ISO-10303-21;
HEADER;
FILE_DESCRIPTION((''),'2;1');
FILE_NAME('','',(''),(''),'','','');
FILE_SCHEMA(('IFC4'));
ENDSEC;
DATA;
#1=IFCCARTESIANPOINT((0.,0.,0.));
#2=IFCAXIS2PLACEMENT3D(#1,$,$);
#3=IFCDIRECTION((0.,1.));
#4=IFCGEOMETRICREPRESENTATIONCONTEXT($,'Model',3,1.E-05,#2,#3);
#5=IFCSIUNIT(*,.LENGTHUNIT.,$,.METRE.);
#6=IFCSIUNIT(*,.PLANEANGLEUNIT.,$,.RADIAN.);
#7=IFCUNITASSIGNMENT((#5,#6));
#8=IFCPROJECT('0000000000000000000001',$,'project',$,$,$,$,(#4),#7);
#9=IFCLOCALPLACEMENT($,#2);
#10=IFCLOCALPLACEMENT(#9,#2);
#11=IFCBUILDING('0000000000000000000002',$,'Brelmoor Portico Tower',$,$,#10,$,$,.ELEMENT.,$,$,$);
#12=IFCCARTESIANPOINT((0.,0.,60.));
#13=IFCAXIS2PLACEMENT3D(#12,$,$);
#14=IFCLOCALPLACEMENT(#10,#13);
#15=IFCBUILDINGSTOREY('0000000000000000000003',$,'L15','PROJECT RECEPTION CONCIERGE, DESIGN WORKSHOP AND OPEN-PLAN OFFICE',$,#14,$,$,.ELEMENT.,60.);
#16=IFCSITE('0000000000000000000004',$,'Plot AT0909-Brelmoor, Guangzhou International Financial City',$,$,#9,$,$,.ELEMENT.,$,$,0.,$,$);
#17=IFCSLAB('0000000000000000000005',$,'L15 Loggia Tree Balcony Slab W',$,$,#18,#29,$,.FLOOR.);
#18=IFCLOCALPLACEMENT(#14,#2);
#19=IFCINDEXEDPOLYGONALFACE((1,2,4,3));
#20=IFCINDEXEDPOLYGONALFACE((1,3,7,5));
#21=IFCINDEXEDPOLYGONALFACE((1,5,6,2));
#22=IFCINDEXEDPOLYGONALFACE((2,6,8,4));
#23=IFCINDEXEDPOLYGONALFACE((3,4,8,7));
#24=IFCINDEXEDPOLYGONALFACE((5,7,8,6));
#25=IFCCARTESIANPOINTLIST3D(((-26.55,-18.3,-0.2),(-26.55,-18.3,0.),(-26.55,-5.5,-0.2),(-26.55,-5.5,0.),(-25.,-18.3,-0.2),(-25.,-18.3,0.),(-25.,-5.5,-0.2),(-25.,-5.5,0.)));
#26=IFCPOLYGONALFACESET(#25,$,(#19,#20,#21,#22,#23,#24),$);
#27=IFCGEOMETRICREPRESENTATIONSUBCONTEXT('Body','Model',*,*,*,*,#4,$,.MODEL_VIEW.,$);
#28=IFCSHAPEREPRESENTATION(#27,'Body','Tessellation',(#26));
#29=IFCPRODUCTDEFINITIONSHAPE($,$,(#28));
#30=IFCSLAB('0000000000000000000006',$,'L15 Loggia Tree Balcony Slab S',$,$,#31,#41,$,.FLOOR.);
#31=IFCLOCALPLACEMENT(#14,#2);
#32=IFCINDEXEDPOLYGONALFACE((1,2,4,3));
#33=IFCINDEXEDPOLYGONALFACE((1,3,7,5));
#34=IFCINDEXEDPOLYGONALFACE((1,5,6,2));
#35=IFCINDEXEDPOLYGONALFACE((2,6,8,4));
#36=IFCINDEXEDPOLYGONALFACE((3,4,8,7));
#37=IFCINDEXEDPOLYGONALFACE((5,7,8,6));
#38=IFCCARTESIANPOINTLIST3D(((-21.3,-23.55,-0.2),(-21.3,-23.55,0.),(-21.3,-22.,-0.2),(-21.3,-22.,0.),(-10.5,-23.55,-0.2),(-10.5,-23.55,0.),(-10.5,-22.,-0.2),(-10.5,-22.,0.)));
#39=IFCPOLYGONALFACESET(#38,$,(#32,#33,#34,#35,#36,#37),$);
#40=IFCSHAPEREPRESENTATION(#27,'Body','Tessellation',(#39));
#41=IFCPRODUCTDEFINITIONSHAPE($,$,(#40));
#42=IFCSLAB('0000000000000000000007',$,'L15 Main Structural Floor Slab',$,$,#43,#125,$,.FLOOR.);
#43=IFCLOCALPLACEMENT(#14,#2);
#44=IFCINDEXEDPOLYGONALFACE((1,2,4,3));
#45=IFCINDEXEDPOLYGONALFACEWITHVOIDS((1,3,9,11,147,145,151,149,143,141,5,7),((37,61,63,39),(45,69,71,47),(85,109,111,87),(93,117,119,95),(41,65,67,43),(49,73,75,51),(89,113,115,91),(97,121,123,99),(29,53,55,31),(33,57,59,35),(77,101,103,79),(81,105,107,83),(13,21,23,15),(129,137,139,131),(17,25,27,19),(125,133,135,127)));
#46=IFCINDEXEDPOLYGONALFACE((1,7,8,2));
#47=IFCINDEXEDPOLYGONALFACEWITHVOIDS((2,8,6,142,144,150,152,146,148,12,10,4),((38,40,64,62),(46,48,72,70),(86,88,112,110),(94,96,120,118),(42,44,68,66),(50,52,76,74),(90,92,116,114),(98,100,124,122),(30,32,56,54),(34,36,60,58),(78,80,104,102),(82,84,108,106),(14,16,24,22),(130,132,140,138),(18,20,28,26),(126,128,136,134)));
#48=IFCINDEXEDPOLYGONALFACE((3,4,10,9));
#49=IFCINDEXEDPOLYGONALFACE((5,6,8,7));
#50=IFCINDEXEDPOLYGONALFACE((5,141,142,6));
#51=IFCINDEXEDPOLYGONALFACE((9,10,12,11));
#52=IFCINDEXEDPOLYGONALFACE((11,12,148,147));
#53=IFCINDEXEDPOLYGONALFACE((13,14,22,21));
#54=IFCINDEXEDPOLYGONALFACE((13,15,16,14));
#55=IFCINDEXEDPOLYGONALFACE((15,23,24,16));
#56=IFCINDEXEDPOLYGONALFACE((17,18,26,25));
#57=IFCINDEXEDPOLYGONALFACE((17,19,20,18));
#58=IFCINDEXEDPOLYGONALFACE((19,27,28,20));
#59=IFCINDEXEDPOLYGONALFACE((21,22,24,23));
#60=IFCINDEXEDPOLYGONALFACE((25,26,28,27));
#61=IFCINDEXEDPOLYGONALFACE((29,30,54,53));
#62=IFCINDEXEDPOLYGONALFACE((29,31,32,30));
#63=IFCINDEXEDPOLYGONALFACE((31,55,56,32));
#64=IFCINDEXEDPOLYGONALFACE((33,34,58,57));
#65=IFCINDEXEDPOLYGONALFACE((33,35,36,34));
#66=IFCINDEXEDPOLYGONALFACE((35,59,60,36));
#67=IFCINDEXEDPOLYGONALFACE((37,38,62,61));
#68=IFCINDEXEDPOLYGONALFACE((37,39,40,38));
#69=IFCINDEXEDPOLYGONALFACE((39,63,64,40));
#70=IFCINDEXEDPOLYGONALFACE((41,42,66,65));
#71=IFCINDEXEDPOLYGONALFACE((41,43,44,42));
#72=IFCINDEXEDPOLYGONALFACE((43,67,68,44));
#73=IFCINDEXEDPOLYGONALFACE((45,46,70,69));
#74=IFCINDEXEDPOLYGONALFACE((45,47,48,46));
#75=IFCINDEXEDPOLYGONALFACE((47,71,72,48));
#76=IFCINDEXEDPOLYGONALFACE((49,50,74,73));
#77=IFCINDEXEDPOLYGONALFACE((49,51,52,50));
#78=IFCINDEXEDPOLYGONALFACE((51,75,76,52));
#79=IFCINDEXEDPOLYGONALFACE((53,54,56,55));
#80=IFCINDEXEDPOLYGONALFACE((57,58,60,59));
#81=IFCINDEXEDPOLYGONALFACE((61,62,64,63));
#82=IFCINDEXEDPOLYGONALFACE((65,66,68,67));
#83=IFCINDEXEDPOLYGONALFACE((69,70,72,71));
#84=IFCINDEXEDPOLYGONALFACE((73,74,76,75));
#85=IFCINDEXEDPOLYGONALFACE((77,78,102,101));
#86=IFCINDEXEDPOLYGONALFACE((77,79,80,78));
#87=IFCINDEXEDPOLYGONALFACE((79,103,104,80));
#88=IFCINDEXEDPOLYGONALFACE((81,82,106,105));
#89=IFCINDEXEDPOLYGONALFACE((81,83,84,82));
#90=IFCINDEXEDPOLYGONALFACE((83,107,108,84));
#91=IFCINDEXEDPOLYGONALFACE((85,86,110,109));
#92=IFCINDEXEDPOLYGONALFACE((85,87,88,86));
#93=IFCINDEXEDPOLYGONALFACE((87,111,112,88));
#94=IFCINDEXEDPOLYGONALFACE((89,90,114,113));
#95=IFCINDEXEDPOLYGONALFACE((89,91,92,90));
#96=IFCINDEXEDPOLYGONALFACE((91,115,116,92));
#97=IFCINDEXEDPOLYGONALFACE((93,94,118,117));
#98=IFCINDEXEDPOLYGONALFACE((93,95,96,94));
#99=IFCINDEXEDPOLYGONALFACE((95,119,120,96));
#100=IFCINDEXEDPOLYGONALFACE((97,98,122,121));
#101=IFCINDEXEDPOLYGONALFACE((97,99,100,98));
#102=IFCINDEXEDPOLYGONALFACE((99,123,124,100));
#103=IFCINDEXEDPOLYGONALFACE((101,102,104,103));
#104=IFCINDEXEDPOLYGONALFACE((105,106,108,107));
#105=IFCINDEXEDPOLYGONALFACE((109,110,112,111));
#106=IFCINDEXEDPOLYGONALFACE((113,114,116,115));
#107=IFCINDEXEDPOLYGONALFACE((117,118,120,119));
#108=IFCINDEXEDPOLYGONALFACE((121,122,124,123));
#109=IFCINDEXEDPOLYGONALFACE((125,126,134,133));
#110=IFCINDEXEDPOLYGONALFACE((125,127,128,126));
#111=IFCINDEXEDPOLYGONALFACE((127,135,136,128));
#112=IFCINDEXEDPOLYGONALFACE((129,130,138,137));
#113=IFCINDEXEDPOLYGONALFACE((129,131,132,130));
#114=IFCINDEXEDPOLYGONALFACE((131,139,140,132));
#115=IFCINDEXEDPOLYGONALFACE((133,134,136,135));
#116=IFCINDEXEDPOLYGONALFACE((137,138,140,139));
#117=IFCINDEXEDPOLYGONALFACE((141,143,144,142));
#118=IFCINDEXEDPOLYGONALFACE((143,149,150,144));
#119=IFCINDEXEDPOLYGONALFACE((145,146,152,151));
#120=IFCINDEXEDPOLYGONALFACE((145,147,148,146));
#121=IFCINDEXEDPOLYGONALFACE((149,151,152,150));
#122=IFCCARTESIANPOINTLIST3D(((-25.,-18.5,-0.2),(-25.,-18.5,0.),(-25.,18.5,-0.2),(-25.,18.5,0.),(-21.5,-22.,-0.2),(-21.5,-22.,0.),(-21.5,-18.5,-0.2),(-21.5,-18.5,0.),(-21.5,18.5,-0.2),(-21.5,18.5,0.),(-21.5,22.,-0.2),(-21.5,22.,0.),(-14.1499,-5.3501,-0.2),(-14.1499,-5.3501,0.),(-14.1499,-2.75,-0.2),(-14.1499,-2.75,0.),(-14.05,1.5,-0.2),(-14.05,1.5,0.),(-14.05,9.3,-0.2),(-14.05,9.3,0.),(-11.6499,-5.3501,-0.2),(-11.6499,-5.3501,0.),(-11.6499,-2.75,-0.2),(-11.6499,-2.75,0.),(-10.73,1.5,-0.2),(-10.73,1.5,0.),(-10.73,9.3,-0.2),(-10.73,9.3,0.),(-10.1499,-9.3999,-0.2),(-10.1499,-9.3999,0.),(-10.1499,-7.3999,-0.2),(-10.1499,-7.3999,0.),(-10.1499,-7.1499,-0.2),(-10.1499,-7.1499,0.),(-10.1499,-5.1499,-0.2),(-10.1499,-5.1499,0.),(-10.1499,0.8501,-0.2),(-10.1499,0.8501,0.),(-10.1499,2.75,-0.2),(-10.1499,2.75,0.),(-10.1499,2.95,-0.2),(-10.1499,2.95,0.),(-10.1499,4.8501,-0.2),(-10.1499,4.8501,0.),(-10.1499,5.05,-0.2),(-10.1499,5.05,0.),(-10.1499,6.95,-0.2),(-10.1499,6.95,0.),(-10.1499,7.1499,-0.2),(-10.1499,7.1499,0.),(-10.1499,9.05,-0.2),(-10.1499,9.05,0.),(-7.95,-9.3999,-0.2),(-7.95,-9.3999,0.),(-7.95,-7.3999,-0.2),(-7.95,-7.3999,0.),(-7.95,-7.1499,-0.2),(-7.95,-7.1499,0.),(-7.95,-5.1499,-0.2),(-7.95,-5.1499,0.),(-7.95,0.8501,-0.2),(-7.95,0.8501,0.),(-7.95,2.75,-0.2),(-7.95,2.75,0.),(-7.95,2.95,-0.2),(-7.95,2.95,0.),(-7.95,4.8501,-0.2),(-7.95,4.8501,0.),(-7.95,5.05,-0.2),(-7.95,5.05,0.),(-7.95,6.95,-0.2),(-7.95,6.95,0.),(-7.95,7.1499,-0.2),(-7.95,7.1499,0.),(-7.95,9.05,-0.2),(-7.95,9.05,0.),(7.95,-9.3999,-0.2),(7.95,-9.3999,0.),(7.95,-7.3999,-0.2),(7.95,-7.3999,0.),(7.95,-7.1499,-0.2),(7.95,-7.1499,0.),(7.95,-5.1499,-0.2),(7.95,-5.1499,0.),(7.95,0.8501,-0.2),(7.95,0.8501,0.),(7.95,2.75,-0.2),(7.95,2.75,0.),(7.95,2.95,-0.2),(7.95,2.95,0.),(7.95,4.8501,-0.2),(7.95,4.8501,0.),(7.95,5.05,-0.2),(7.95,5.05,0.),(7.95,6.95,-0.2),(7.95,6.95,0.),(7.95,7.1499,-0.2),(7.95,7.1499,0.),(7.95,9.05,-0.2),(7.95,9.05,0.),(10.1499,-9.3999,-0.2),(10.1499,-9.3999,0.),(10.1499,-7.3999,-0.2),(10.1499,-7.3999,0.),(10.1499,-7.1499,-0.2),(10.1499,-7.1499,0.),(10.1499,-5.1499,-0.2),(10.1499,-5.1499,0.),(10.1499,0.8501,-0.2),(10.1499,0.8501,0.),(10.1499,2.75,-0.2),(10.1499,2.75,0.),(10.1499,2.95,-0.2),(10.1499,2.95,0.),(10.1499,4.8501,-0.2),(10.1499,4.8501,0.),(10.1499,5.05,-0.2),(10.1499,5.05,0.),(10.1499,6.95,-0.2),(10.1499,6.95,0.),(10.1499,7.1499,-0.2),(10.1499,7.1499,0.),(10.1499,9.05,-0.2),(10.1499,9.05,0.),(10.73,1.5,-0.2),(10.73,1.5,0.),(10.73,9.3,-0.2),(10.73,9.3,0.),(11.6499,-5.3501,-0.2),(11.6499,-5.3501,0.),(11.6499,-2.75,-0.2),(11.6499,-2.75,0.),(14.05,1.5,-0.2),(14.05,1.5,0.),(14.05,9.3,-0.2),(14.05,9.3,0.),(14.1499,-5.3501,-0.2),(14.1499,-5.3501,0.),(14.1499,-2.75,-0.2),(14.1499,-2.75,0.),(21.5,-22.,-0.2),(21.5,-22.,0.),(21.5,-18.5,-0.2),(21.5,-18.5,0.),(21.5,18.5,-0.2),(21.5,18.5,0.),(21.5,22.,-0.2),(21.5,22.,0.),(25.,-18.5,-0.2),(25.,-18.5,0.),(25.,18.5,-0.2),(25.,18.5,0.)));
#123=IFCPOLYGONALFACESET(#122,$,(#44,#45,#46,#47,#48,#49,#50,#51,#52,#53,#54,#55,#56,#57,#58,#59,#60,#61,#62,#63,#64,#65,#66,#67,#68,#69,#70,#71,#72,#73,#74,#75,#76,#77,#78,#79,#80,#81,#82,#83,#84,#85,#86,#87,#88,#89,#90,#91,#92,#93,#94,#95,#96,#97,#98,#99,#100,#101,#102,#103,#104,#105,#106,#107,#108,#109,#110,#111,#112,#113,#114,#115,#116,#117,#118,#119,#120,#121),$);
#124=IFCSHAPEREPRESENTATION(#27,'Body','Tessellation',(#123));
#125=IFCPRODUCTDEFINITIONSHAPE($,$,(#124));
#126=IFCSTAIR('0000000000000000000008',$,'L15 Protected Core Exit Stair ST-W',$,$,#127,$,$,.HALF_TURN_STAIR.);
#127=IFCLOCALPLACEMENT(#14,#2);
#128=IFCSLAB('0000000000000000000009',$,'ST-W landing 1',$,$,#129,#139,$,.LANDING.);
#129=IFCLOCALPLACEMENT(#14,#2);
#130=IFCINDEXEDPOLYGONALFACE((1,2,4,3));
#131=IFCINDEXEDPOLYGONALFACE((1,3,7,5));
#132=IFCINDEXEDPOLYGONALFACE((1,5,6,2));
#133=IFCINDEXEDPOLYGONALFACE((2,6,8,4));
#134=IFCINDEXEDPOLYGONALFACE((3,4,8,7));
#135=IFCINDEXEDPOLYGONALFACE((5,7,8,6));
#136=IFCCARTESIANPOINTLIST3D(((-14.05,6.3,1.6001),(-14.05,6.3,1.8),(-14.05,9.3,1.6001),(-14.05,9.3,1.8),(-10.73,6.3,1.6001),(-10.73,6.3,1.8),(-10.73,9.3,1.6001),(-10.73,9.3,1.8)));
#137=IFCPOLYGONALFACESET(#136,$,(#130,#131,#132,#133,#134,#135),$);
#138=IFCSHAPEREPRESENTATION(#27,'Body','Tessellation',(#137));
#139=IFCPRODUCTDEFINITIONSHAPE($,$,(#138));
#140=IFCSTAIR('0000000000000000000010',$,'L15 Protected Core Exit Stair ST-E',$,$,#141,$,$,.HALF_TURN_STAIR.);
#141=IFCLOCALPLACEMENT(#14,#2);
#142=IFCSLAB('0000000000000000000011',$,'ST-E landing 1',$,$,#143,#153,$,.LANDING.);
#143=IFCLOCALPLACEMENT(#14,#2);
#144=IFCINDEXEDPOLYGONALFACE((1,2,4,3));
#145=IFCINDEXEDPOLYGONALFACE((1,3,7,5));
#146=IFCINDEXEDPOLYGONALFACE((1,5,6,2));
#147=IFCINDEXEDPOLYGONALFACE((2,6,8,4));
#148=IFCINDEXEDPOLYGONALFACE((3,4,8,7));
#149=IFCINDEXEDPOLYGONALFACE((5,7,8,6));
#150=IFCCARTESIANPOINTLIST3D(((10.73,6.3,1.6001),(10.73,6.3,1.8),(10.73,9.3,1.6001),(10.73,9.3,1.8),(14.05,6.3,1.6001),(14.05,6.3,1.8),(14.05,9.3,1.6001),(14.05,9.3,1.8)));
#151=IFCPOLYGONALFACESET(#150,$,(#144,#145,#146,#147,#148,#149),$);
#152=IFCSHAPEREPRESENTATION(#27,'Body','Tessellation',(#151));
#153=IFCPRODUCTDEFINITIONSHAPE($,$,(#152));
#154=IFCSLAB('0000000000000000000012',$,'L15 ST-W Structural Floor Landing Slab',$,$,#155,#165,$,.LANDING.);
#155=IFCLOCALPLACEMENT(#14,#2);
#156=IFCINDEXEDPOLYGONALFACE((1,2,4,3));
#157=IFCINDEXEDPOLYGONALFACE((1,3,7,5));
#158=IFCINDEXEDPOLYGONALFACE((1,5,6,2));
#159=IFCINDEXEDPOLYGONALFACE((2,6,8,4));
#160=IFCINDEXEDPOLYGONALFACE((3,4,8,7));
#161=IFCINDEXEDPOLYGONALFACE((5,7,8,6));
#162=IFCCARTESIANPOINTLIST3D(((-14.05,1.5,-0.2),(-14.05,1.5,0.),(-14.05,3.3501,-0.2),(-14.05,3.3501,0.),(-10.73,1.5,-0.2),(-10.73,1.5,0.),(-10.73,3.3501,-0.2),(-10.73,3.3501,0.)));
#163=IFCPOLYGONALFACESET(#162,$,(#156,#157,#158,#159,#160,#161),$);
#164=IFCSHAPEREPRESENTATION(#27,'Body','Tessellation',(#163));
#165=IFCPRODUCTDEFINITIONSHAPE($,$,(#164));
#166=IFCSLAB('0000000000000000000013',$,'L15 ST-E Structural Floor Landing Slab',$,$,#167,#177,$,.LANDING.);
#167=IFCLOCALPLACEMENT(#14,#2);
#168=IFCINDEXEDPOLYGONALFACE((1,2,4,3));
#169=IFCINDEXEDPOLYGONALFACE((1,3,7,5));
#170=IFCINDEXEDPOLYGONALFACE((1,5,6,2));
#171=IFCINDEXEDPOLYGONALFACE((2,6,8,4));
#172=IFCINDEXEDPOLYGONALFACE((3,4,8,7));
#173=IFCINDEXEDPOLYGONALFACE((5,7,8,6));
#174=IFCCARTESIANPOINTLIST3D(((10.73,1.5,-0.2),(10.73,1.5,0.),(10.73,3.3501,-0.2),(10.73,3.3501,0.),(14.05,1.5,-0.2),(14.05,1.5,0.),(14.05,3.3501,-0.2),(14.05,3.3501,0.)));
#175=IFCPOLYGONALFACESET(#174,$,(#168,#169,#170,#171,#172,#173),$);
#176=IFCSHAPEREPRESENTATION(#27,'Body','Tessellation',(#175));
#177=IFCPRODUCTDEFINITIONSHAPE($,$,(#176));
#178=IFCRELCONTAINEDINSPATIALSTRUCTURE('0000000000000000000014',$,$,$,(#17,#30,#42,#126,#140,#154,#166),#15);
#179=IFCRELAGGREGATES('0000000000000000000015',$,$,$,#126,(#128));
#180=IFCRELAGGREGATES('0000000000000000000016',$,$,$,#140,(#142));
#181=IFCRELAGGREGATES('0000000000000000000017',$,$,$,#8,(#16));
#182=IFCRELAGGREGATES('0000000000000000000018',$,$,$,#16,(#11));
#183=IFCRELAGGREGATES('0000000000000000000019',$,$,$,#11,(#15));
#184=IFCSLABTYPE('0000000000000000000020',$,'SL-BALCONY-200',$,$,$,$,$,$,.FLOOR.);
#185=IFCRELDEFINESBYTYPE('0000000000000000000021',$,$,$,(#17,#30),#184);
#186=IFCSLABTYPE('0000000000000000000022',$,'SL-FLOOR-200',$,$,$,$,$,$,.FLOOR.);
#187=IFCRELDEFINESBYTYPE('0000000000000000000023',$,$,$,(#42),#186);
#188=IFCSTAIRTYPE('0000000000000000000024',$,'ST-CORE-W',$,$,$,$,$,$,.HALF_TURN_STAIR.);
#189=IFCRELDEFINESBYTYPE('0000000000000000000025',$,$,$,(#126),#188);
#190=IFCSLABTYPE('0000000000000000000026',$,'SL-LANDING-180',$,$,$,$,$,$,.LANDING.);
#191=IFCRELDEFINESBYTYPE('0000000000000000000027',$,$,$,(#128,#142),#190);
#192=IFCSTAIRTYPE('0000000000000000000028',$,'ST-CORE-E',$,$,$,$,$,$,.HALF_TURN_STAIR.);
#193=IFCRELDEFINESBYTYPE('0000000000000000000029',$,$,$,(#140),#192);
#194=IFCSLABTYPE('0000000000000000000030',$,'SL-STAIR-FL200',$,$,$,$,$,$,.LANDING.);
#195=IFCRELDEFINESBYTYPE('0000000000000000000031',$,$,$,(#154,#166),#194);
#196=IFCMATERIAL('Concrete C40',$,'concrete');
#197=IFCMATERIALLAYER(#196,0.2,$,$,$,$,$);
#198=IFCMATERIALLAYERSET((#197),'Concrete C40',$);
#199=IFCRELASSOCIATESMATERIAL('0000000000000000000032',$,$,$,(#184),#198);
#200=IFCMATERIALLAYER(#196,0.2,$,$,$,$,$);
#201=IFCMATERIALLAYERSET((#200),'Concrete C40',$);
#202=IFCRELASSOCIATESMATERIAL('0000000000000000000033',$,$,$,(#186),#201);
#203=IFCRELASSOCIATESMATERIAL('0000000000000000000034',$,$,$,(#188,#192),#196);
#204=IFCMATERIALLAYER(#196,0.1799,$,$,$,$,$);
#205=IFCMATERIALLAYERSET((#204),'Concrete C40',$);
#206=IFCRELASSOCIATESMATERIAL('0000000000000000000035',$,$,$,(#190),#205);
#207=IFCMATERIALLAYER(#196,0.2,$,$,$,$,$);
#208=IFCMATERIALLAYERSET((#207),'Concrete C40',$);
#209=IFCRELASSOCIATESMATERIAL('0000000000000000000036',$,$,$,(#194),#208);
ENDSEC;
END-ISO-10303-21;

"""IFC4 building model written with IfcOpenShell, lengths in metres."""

from ifc_helpers import new_model, si_unit, direction, frame, origin, place, context, subcontext, project, spatial, polyline, outline, extrude, material, layer, layer_set, type_object, element, aggregate, save


model = new_model("IFC4")

# Units and contexts
model_context = context("Model", 3, precision=1e-05, world=origin(), true_north=direction((0.0, 1.0)))
body_context = subcontext(model_context, "Body", "Model", "MODEL_VIEW")
ifc_project = project(units=[si_unit("LENGTHUNIT", "METRE"), si_unit("PLANEANGLEUNIT", "RADIAN")], contexts=[model_context])

# Site, building, storey
site_placement = place(None, origin())
site = spatial("IfcSite", under=ifc_project, at=site_placement, Name="Plot AT0909-Brelmoor, Guangzhou International Financial City", CompositionType="ELEMENT", RefElevation=0.0)
building_placement = place(site_placement, origin())
building = spatial("IfcBuilding", under=site, at=building_placement, Name="Brelmoor Portico Tower", CompositionType="ELEMENT")
storey_placement = place(building_placement, frame((0.0, 0.0, 60.0)))
storey = spatial("IfcBuildingStorey", under=building, at=storey_placement, Name="L15", Description="PROJECT RECEPTION CONCIERGE, DESIGN WORKSHOP AND OPEN-PLAN OFFICE", CompositionType="ELEMENT", Elevation=60.0)

# Slabs
ifc_material_1 = material(Name="Concrete C40", Category="concrete")
ifc_layer_1 = layer(ifc_material_1, 0.2)
ifc_layer_set_1 = layer_set([ifc_layer_1], Name="Concrete C40")
slab_type_1 = type_object("IfcSlabType", Name="SL-BALCONY-200", PredefinedType="FLOOR", material=ifc_layer_set_1)
slab_1_placement = place(storey_placement, frame((0.0, 0.0, -0.2)))
element("IfcSlab", 1, at=slab_1_placement, inside=storey, type_object=slab_type_1, Name="L15 Loggia Tree Balcony Slab W", PredefinedType="FLOOR", context=body_context, shape_type="SweptSolid", body=[
    extrude(outline(polyline([(-26.55, -18.3), (-25.0, -18.3), (-25.0, -5.5), (-26.55, -5.5), (-26.55, -18.3)])), origin(), (0.0, 0.0, 1.0), 0.2),
])
slab_2_placement = place(storey_placement, frame((0.0, 0.0, -0.2)))
element("IfcSlab", 2, at=slab_2_placement, inside=storey, type_object=slab_type_1, Name="L15 Loggia Tree Balcony Slab S", PredefinedType="FLOOR", context=body_context, shape_type="SweptSolid", body=[
    extrude(outline(polyline([(-21.3, -23.55), (-10.5, -23.55), (-10.5, -22.0), (-21.3, -22.0), (-21.3, -23.55)])), origin(), (0.0, 0.0, 1.0), 0.2),
])
ifc_layer_2 = layer(ifc_material_1, 0.2)
ifc_layer_set_2 = layer_set([ifc_layer_2], Name="Concrete C40")
slab_type_2 = type_object("IfcSlabType", Name="SL-FLOOR-200", PredefinedType="FLOOR", material=ifc_layer_set_2)
slab_3_placement = place(storey_placement, frame((0.0, 0.0, -0.2)))
element("IfcSlab", 3, at=slab_3_placement, inside=storey, type_object=slab_type_2, Name="L15 Main Structural Floor Slab", PredefinedType="FLOOR", context=body_context, shape_type="SweptSolid", body=[
    extrude(outline(polyline([(-21.5, -22.0), (21.5, -22.0), (21.5, -18.5), (25.0, -18.5), (25.0, 18.5), (21.5, 18.5), (21.5, 22.0), (-21.5, 22.0), (-21.5, 18.5), (-25.0, 18.5), (-25.0, -18.5), (-21.5, -18.5), (-21.5, -22.0)]), holes=[polyline([(-10.73, 1.5), (-10.73, 9.3), (-14.05, 9.3), (-14.05, 1.5), (-10.73, 1.5)]), polyline([(14.05, 1.5), (14.05, 9.3), (10.73, 9.3), (10.73, 1.5), (14.05, 1.5)]), polyline([(-10.1499, 0.8501), (-7.95, 0.8501), (-7.95, 2.75), (-10.1499, 2.75), (-10.1499, 0.8501)]), polyline([(-10.1499, 2.95), (-7.95, 2.95), (-7.95, 4.8501), (-10.1499, 4.8501), (-10.1499, 2.95)]), polyline([(-10.1499, 5.05), (-7.95, 5.05), (-7.95, 6.95), (-10.1499, 6.95), (-10.1499, 5.05)]), polyline([(-10.1499, 7.1499), (-7.95, 7.1499), (-7.95, 9.05), (-10.1499, 9.05), (-10.1499, 7.1499)]), polyline([(7.95, 0.8501), (10.1499, 0.8501), (10.1499, 2.75), (7.95, 2.75), (7.95, 0.8501)]), polyline([(7.95, 2.95), (10.1499, 2.95), (10.1499, 4.8501), (7.95, 4.8501), (7.95, 2.95)]), polyline([(7.95, 5.05), (10.1499, 5.05), (10.1499, 6.95), (7.95, 6.95), (7.95, 5.05)]), polyline([(7.95, 7.1499), (10.1499, 7.1499), (10.1499, 9.05), (7.95, 9.05), (7.95, 7.1499)]), polyline([(-10.1499, -9.3999), (-7.95, -9.3999), (-7.95, -7.3999), (-10.1499, -7.3999), (-10.1499, -9.3999)]), polyline([(-10.1499, -7.1499), (-7.95, -7.1499), (-7.95, -5.1499), (-10.1499, -5.1499), (-10.1499, -7.1499)]), polyline([(7.95, -9.3999), (10.1499, -9.3999), (10.1499, -7.3999), (7.95, -7.3999), (7.95, -9.3999)]), polyline([(7.95, -7.1499), (10.1499, -7.1499), (10.1499, -5.1499), (7.95, -5.1499), (7.95, -7.1499)]), polyline([(-14.1499, -5.3501), (-11.6499, -5.3501), (-11.6499, -2.75), (-14.1499, -2.75), (-14.1499, -5.3501)]), polyline([(11.6499, -5.3501), (14.1499, -5.3501), (14.1499, -2.75), (11.6499, -2.75), (11.6499, -5.3501)])]), origin(), (0.0, 0.0, 1.0), 0.2),
])

# Stairs, slabs
stair_type_1 = type_object("IfcStairType", Name="ST-CORE-W", PredefinedType="HALF_TURN_STAIR", material=ifc_material_1)
stair_1_placement = place(storey_placement, origin())
stair_1 = element("IfcStair", 4, at=stair_1_placement, inside=storey, type_object=stair_type_1, Name="L15 Protected Core Exit Stair ST-W", PredefinedType="HALF_TURN_STAIR")
ifc_layer_3 = layer(ifc_material_1, 0.1799)
ifc_layer_set_3 = layer_set([ifc_layer_3], Name="Concrete C40")
slab_type_3 = type_object("IfcSlabType", Name="SL-LANDING-180", PredefinedType="LANDING", material=ifc_layer_set_3)
slab_4_placement = place(storey_placement, frame((0.0, 0.0, 1.6001)))
slab_4 = element("IfcSlab", 5, at=slab_4_placement, type_object=slab_type_3, Name="ST-W landing 1", PredefinedType="LANDING", context=body_context, shape_type="SweptSolid", body=[
    extrude(outline(polyline([(-10.73, 6.3), (-10.73, 9.3), (-14.05, 9.3), (-14.05, 6.3), (-10.73, 6.3)])), origin(), (0.0, 0.0, 1.0), 0.2),
])
aggregate(stair_1, [slab_4])
stair_type_2 = type_object("IfcStairType", Name="ST-CORE-E", PredefinedType="HALF_TURN_STAIR", material=ifc_material_1)
stair_2_placement = place(storey_placement, origin())
stair_2 = element("IfcStair", 6, at=stair_2_placement, inside=storey, type_object=stair_type_2, Name="L15 Protected Core Exit Stair ST-E", PredefinedType="HALF_TURN_STAIR")
slab_5_placement = place(storey_placement, frame((0.0, 0.0, 1.6001)))
slab_5 = element("IfcSlab", 7, at=slab_5_placement, type_object=slab_type_3, Name="ST-E landing 1", PredefinedType="LANDING", context=body_context, shape_type="SweptSolid", body=[
    extrude(outline(polyline([(14.05, 6.3), (14.05, 9.3), (10.73, 9.3), (10.73, 6.3), (14.05, 6.3)])), origin(), (0.0, 0.0, 1.0), 0.2),
])
aggregate(stair_2, [slab_5])

# Slabs
ifc_layer_4 = layer(ifc_material_1, 0.2)
ifc_layer_set_4 = layer_set([ifc_layer_4], Name="Concrete C40")
slab_type_4 = type_object("IfcSlabType", Name="SL-STAIR-FL200", PredefinedType="LANDING", material=ifc_layer_set_4)
slab_6_placement = place(storey_placement, frame((0.0, 0.0, -0.2)))
element("IfcSlab", 8, at=slab_6_placement, inside=storey, type_object=slab_type_4, Name="L15 ST-W Structural Floor Landing Slab", PredefinedType="LANDING", context=body_context, shape_type="SweptSolid", body=[
    extrude(outline(polyline([(-10.73, 1.5), (-10.73, 3.3501), (-14.05, 3.3501), (-14.05, 1.5), (-10.73, 1.5)])), origin(), (0.0, 0.0, 1.0), 0.2),
])
slab_7_placement = place(storey_placement, frame((0.0, 0.0, -0.2)))
element("IfcSlab", 9, at=slab_7_placement, inside=storey, type_object=slab_type_4, Name="L15 ST-E Structural Floor Landing Slab", PredefinedType="LANDING", context=body_context, shape_type="SweptSolid", body=[
    extrude(outline(polyline([(14.05, 1.5), (14.05, 3.3501), (10.73, 3.3501), (10.73, 1.5), (14.05, 1.5)])), origin(), (0.0, 0.0, 1.0), 0.2),
])

save(model, "model.ifc")
